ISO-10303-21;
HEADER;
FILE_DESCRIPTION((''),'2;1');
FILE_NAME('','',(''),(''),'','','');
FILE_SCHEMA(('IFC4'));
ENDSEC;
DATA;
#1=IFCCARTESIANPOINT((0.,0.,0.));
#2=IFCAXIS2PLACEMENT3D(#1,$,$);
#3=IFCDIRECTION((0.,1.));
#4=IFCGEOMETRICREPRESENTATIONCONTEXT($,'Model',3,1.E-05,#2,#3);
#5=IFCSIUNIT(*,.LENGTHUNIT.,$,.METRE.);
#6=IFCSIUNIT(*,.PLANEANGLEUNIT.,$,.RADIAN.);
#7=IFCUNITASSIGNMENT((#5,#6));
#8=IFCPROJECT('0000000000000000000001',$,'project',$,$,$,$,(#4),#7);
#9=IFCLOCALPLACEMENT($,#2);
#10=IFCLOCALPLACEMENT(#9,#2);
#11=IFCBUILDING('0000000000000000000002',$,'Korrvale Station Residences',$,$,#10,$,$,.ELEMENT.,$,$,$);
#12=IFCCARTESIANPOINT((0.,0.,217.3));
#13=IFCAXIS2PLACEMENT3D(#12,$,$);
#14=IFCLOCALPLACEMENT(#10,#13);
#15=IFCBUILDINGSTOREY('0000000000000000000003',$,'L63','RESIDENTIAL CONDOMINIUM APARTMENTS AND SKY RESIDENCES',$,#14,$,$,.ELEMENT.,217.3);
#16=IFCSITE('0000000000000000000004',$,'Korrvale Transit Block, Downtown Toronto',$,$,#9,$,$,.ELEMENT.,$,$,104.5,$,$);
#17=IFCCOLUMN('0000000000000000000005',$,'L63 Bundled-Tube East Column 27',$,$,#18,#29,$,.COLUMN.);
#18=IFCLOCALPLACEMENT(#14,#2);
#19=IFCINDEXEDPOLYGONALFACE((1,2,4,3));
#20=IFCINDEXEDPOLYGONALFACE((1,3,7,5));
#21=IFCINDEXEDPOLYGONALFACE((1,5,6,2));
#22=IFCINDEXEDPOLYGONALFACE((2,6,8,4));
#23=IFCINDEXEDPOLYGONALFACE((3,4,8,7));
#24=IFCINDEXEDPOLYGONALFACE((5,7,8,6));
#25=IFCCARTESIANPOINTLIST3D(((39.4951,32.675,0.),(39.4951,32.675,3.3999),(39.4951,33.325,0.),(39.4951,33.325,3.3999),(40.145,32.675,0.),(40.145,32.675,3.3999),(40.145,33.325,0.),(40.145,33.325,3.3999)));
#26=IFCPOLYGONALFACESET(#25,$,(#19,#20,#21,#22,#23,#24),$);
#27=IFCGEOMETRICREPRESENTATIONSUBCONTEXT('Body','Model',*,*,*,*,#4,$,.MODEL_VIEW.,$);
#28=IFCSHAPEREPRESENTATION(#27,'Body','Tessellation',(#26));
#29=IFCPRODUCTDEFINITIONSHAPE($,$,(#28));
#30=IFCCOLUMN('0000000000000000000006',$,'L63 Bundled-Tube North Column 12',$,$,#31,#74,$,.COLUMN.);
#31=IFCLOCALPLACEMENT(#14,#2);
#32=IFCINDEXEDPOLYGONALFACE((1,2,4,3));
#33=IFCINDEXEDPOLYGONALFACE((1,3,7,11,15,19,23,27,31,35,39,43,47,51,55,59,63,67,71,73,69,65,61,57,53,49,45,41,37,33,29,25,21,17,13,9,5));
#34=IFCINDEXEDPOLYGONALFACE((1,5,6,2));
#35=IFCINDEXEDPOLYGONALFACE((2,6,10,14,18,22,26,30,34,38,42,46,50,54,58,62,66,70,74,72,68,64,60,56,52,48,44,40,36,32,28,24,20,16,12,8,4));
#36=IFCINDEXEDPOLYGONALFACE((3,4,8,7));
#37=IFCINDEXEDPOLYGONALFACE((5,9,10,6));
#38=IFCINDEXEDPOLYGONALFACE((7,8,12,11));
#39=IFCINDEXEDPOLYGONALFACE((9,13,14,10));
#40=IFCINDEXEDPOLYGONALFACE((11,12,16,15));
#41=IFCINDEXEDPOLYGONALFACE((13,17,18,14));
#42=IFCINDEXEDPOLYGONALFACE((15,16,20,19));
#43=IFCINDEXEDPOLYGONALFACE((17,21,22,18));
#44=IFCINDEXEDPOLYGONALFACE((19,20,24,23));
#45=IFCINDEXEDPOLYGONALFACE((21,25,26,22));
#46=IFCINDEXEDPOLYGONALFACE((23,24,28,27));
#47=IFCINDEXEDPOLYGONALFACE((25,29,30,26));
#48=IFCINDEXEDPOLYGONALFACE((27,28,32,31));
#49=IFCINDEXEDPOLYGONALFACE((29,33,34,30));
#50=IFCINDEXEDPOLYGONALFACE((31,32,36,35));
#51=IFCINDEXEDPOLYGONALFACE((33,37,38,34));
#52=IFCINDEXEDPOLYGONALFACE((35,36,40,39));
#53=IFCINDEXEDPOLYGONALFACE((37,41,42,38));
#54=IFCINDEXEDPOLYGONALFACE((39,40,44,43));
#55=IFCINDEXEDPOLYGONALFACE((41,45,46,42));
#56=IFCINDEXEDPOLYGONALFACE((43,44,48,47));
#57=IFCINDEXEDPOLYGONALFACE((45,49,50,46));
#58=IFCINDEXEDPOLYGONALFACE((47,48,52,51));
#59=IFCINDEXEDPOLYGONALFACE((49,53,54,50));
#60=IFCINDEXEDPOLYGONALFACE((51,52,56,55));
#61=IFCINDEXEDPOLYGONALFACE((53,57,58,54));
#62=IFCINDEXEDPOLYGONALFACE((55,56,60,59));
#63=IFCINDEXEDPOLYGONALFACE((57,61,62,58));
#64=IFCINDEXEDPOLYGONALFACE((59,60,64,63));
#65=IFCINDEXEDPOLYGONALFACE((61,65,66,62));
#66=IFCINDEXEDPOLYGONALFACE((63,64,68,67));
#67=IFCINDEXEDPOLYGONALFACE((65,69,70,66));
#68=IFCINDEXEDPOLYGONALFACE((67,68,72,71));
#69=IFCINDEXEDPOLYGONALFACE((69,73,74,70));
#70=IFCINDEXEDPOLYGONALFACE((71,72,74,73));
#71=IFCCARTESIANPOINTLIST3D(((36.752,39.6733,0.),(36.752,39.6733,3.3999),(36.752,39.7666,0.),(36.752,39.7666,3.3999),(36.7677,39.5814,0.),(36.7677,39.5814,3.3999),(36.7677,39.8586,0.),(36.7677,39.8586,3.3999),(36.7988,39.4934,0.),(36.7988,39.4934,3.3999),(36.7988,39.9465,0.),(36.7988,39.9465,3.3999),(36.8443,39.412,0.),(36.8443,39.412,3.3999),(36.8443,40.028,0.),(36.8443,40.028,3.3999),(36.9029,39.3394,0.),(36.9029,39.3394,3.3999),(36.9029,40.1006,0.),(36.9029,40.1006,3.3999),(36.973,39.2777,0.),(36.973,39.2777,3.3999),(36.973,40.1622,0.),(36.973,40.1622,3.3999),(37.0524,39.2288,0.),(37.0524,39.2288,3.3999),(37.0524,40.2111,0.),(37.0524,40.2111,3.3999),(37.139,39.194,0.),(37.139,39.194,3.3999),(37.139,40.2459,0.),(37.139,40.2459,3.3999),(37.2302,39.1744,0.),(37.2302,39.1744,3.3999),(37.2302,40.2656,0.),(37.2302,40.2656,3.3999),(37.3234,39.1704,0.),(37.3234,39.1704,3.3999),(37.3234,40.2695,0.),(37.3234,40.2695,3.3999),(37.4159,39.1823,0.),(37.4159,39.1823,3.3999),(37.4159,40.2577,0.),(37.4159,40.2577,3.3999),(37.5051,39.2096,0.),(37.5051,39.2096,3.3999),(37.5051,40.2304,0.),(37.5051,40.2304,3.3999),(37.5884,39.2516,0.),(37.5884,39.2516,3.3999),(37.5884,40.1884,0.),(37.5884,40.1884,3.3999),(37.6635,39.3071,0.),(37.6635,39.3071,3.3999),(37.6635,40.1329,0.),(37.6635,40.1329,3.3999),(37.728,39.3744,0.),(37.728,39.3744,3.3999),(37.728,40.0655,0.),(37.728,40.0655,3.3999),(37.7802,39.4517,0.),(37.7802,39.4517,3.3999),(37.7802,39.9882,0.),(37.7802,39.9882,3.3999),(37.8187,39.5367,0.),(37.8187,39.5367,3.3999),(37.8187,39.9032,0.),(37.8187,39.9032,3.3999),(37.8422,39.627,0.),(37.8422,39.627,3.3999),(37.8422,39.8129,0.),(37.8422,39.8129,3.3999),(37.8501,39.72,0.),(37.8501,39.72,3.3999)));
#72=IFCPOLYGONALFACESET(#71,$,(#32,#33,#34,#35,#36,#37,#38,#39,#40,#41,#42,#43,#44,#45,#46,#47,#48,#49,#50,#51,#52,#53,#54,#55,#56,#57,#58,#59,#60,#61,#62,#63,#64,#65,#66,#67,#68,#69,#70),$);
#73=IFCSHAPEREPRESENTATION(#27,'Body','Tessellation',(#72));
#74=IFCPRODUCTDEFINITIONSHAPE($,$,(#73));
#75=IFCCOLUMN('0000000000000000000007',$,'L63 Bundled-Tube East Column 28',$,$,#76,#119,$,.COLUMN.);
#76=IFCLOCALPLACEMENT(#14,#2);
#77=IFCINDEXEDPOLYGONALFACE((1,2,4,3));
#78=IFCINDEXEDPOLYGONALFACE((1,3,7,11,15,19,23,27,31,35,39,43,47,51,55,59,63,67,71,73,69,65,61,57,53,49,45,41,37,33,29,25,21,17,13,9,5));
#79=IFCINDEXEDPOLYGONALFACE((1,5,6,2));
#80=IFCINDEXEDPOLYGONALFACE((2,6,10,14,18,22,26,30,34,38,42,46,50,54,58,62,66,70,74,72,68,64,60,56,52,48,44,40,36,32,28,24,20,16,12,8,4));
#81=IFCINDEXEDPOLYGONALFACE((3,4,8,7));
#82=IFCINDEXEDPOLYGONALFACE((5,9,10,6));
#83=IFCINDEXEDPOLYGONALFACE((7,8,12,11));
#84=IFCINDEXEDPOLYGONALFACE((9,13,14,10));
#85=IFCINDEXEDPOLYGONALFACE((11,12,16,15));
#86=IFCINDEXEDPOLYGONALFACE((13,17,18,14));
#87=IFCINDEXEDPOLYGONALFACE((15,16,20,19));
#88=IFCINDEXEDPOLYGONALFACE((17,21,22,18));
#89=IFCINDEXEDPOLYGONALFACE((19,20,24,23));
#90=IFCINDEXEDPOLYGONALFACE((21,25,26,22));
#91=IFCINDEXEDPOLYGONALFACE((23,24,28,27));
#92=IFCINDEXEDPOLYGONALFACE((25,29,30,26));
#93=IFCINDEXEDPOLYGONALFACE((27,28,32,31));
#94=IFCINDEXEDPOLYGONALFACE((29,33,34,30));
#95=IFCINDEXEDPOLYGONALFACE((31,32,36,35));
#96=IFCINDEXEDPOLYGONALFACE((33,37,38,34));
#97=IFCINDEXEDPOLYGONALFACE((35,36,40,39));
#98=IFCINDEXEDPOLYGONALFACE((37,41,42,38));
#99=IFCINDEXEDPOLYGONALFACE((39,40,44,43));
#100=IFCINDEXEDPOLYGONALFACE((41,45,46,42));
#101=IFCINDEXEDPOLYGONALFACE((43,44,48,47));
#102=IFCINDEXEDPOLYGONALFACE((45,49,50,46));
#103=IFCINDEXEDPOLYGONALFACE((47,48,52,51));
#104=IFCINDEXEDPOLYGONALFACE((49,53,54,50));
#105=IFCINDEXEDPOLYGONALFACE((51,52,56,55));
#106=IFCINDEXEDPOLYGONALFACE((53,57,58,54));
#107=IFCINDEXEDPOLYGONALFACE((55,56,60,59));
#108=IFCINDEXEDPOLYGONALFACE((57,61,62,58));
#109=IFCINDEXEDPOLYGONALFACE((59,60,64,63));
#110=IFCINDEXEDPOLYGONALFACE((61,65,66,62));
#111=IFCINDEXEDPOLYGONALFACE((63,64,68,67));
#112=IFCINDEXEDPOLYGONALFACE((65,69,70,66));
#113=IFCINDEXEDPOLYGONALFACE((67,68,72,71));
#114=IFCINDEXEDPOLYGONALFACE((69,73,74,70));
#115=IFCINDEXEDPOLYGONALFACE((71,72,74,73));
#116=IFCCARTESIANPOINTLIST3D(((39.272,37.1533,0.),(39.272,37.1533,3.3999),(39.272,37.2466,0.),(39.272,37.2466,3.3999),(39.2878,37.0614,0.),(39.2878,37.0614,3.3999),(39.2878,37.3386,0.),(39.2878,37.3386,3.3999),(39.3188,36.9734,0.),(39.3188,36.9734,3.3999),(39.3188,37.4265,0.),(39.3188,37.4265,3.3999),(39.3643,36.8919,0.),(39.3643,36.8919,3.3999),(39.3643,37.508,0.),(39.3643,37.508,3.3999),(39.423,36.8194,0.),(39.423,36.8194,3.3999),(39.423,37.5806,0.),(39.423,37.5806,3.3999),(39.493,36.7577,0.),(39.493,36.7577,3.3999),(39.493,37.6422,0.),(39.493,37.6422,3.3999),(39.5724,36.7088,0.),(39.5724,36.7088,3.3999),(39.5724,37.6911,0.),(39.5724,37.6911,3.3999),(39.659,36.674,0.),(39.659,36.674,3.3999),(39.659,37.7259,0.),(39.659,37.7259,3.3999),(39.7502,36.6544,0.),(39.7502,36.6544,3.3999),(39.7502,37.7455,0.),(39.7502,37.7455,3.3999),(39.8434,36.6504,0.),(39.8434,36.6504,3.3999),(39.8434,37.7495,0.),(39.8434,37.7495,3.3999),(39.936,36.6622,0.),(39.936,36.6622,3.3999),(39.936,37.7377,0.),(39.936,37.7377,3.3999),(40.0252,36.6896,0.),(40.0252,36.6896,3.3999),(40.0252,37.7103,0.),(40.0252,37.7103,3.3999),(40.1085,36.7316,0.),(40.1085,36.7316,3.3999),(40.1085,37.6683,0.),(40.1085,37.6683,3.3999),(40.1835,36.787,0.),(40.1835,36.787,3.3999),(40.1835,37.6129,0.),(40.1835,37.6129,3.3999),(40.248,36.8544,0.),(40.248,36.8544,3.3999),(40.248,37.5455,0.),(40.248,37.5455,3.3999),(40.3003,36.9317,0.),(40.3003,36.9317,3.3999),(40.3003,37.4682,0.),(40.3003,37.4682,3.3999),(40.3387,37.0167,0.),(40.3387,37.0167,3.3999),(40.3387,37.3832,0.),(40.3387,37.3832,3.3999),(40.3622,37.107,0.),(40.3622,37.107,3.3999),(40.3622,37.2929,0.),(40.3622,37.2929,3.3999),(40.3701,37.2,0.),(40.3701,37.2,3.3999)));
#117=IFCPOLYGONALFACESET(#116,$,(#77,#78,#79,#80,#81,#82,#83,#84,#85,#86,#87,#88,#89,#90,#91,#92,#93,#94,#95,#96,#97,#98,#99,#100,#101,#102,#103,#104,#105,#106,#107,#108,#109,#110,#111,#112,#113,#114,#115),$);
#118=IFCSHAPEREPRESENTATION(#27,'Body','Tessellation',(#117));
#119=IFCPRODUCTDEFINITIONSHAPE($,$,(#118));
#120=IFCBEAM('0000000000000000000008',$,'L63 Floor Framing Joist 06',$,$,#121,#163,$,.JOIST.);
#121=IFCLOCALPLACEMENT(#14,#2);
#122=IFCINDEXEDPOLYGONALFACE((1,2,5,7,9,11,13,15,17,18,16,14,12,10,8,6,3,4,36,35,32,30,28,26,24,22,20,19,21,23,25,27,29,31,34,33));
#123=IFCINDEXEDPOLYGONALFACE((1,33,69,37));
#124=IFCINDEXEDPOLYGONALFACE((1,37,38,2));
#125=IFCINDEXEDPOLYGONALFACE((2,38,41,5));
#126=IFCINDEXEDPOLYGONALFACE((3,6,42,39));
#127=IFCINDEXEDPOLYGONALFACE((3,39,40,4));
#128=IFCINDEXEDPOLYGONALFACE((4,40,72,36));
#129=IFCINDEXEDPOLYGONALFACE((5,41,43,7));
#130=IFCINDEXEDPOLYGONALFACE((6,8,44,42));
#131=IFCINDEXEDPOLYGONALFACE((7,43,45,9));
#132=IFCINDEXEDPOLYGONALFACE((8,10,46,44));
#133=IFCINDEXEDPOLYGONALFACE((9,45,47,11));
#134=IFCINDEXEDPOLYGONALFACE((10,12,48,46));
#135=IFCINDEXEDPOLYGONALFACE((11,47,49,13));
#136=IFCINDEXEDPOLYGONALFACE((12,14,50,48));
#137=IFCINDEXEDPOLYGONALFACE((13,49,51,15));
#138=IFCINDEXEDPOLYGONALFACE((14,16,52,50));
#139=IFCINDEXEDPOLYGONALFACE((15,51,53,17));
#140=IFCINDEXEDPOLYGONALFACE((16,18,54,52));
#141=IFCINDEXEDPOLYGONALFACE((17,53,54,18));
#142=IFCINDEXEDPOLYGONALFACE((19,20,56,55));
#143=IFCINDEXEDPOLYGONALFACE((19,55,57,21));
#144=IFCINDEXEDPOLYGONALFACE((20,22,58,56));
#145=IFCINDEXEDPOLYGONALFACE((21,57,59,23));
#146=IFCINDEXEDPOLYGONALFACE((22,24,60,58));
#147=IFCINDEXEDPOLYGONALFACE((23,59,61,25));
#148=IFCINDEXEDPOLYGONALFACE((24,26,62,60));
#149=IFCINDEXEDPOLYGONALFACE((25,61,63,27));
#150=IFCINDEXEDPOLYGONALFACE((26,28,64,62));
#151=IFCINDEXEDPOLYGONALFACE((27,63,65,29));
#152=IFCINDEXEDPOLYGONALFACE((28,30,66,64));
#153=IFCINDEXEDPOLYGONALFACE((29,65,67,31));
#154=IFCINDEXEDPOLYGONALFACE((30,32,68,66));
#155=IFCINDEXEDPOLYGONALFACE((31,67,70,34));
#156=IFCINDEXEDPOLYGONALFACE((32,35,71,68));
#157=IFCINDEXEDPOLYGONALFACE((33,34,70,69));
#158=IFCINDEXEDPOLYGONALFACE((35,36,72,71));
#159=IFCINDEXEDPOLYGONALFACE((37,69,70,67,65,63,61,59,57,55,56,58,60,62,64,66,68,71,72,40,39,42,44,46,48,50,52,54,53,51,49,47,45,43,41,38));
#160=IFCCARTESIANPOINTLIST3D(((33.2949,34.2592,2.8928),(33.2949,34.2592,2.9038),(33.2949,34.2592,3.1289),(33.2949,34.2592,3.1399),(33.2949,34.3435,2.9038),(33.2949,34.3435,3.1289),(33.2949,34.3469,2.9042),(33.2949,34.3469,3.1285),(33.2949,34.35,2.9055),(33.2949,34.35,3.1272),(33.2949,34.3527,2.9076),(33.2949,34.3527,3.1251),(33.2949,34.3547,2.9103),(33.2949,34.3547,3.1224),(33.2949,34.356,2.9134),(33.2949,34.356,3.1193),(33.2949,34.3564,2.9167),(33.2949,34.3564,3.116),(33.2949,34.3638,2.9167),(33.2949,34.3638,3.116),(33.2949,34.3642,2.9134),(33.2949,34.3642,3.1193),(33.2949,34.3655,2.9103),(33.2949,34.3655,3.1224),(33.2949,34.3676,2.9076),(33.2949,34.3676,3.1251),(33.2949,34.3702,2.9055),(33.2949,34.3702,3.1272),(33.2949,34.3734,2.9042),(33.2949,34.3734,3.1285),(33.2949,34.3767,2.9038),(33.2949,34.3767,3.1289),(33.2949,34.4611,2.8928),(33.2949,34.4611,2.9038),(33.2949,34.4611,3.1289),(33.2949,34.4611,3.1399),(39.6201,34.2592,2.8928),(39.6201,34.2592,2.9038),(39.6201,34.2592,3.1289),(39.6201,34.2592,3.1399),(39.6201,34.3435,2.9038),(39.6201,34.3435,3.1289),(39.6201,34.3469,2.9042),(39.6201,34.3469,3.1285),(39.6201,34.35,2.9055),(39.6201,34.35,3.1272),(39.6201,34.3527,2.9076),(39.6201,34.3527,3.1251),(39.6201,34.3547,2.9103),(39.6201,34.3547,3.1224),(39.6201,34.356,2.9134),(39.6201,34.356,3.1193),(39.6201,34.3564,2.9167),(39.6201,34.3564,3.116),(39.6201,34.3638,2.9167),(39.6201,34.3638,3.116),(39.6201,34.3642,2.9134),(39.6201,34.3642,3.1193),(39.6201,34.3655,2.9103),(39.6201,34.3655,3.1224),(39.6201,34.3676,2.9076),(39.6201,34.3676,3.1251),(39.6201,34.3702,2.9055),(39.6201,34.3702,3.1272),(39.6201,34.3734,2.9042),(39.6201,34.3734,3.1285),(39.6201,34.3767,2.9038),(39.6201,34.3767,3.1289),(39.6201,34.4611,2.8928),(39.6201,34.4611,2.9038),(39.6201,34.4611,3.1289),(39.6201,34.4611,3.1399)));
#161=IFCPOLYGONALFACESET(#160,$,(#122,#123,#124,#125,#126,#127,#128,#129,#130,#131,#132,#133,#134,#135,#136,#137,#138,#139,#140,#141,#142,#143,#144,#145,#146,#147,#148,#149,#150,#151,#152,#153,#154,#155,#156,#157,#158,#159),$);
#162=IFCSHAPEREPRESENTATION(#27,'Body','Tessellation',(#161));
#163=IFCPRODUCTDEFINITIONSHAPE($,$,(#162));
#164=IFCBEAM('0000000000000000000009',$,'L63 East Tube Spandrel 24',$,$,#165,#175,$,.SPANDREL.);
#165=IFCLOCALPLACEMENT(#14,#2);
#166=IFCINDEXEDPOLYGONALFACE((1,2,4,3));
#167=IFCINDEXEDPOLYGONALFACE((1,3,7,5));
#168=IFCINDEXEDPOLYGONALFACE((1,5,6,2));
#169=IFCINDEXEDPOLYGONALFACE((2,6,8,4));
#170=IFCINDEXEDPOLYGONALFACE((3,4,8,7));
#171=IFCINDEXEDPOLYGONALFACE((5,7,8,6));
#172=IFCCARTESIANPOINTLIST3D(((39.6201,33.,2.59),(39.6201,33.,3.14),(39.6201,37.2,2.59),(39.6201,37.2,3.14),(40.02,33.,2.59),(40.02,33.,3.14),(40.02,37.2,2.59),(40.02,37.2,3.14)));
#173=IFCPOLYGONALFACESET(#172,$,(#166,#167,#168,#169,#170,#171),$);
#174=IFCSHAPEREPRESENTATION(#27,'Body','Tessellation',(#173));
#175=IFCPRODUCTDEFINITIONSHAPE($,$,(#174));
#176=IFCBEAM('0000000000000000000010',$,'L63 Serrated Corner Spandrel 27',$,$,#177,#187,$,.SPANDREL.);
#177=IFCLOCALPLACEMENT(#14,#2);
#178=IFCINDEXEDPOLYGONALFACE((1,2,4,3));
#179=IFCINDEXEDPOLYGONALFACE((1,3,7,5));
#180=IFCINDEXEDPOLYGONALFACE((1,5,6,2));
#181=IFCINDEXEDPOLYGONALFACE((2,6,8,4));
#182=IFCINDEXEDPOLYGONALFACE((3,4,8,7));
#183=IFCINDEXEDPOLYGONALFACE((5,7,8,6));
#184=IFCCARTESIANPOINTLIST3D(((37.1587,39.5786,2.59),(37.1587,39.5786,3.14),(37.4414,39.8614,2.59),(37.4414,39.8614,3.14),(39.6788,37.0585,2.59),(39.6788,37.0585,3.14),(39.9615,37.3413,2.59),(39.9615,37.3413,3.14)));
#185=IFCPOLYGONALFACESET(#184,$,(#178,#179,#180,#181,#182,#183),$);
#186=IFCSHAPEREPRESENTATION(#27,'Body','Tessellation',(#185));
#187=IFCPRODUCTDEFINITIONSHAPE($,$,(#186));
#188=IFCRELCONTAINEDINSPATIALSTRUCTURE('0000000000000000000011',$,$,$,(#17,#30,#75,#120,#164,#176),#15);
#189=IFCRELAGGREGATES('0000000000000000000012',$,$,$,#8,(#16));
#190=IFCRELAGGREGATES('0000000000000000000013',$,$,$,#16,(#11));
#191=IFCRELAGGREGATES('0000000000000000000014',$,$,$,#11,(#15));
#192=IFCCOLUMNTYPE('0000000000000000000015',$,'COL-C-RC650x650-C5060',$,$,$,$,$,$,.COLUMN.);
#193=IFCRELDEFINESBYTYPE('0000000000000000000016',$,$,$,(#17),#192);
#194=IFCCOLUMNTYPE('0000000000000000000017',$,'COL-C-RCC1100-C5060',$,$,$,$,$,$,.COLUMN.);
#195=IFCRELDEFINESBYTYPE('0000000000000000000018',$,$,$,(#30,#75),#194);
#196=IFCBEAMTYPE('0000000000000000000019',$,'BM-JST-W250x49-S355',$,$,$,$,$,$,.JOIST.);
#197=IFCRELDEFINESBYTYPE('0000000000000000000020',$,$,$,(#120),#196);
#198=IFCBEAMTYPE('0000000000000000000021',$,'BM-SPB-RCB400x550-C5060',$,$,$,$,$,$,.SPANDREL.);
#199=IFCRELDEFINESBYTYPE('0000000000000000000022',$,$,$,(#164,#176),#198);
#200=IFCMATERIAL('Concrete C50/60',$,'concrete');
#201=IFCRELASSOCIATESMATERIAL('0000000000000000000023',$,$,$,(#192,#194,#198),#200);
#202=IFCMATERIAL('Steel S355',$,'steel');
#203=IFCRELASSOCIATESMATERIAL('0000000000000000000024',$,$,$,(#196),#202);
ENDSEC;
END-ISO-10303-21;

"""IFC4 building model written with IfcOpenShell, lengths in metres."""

from ifc_helpers import new_model, si_unit, direction, frame, origin, origin_2d, place, context, subcontext, project, spatial, rectangle, circle, i_section, extrude, material, material_profile, profile_set, type_object, element, save


model = new_model("IFC4")

# Units and contexts
model_context = context("Model", 3, precision=1e-05, world=origin(), true_north=direction((0.0, 1.0)))
body_context = subcontext(model_context, "Body", "Model", "MODEL_VIEW")
ifc_project = project(units=[si_unit("LENGTHUNIT", "METRE"), si_unit("PLANEANGLEUNIT", "RADIAN")], contexts=[model_context])

# Site, building, storey
site_placement = place(None, origin())
site = spatial("IfcSite", under=ifc_project, at=site_placement, Name="Korrvale Transit Block, Downtown Toronto", CompositionType="ELEMENT", RefElevation=104.5)
building_placement = place(site_placement, origin())
building = spatial("IfcBuilding", under=site, at=building_placement, Name="Korrvale Station Residences", CompositionType="ELEMENT")
storey_placement = place(building_placement, frame((0.0, 0.0, 217.3)))
storey = spatial("IfcBuildingStorey", under=building, at=storey_placement, Name="L63", Description="RESIDENTIAL CONDOMINIUM APARTMENTS AND SKY RESIDENCES", CompositionType="ELEMENT", Elevation=217.3)

# Columns
ifc_material_1 = material(Name="Concrete C50/60", Category="concrete")
ifc_material_profile_1 = material_profile(ifc_material_1, rectangle(XDim=0.6499, YDim=0.6499, at=origin_2d()), Name="RC650x650")
ifc_profile_set_1 = profile_set([ifc_material_profile_1], Name="Concrete C50/60")
column_type_1 = type_object("IfcColumnType", Name="COL-C-RC650x650-C5060", PredefinedType="COLUMN", material=ifc_profile_set_1)
column_placement = place(storey_placement, frame((39.8201, 33.0, 0.0), z_axis=(0.0, 0.0, 1.0), x_axis=(1.0, 0.0, 0.0)))
element("IfcColumn", 1, at=column_placement, inside=storey, type_object=column_type_1, Name="L63 Bundled-Tube East Column 27", PredefinedType="COLUMN", context=body_context, shape_type="SweptSolid", body=[
    extrude(rectangle(XDim=0.6499, YDim=0.6499, at=origin_2d()), origin(), (0.0, 0.0, 1.0), 3.3999),
])
ifc_material_profile_2 = material_profile(ifc_material_1, circle(Radius=0.55, at=origin_2d()), Name="RCC1100")
ifc_profile_set_2 = profile_set([ifc_material_profile_2], Name="Concrete C50/60")
column_type_2 = type_object("IfcColumnType", Name="COL-C-RCC1100-C5060", PredefinedType="COLUMN", material=ifc_profile_set_2)
for number, where, z_axis, x_axis, name in (
    (2, (37.3, 39.72, 0.0), (0.0, 0.0, 1.0), (1.0, 0.0, 0.0), "L63 Bundled-Tube North Column 12"),
    (3, (39.8201, 37.2, 0.0), (0.0, 0.0, 1.0), (1.0, 0.0, 0.0), "L63 Bundled-Tube East Column 28"),
):
    element("IfcColumn", number, at=place(storey_placement, frame(where, z_axis=z_axis, x_axis=x_axis)), inside=storey, type_object=column_type_2, Name=name, PredefinedType="COLUMN", context=body_context, shape_type="SweptSolid", body=[
        extrude(circle(Radius=0.55, at=origin_2d()), origin(), (0.0, 0.0, 1.0), 3.3999),
    ])

# Beams
ifc_material_2 = material(Name="Steel S355", Category="steel")
ifc_material_profile_3 = material_profile(ifc_material_2, i_section(OverallWidth=0.2019, OverallDepth=0.2471, WebThickness=0.0073, FlangeThickness=0.011, FilletRadius=0.0129, at=origin_2d()), Name="W250x49")
ifc_profile_set_3 = profile_set([ifc_material_profile_3], Name="Steel S355")
beam_type_1 = type_object("IfcBeamType", Name="BM-JST-W250x49-S355", PredefinedType="JOIST", material=ifc_profile_set_3)
beam_1_placement = place(storey_placement, frame((33.2949, 34.3601, 3.0164), z_axis=(1.0, 0.0, 0.0), x_axis=(0.0, 1.0, 0.0)))
element("IfcBeam", 4, at=beam_1_placement, inside=storey, type_object=beam_type_1, Name="L63 Floor Framing Joist 06", PredefinedType="JOIST", context=body_context, shape_type="SweptSolid", body=[
    extrude(i_section(OverallWidth=0.2019, OverallDepth=0.2471, WebThickness=0.0073, FlangeThickness=0.011, FilletRadius=0.0129, at=origin_2d()), origin(), (0.0, 0.0, 1.0), 6.3252),
])
ifc_material_profile_4 = material_profile(ifc_material_1, rectangle(XDim=0.3999, YDim=0.55, at=origin_2d()), Name="RCB400x550")
ifc_profile_set_4 = profile_set([ifc_material_profile_4], Name="Concrete C50/60")
beam_type_2 = type_object("IfcBeamType", Name="BM-SPB-RCB400x550-C5060", PredefinedType="SPANDREL", material=ifc_profile_set_4)
beam_2_placement = place(storey_placement, frame((39.8201, 33.0, 2.865), z_axis=(0.0, 1.0, 0.0), x_axis=(-1.0, 0.0, 0.0)))
element("IfcBeam", 5, at=beam_2_placement, inside=storey, type_object=beam_type_2, Name="L63 East Tube Spandrel 24", PredefinedType="SPANDREL", context=body_context, shape_type="SweptSolid", body=[
    extrude(rectangle(XDim=0.3999, YDim=0.55, at=origin_2d()), origin(), (0.0, 0.0, 1.0), 4.2),
])
beam_3_placement = place(storey_placement, frame((37.3, 39.72, 2.865), z_axis=(0.707107, -0.707107, 0.0), x_axis=(0.707107, 0.707107, 0.0)))
element("IfcBeam", 6, at=beam_3_placement, inside=storey, type_object=beam_type_2, Name="L63 Serrated Corner Spandrel 27", PredefinedType="SPANDREL", context=body_context, shape_type="SweptSolid", body=[
    extrude(rectangle(XDim=0.3999, YDim=0.55, at=origin_2d()), origin(), (0.0, 0.0, 1.0), 3.564),
])

save(model, "model.ifc")
